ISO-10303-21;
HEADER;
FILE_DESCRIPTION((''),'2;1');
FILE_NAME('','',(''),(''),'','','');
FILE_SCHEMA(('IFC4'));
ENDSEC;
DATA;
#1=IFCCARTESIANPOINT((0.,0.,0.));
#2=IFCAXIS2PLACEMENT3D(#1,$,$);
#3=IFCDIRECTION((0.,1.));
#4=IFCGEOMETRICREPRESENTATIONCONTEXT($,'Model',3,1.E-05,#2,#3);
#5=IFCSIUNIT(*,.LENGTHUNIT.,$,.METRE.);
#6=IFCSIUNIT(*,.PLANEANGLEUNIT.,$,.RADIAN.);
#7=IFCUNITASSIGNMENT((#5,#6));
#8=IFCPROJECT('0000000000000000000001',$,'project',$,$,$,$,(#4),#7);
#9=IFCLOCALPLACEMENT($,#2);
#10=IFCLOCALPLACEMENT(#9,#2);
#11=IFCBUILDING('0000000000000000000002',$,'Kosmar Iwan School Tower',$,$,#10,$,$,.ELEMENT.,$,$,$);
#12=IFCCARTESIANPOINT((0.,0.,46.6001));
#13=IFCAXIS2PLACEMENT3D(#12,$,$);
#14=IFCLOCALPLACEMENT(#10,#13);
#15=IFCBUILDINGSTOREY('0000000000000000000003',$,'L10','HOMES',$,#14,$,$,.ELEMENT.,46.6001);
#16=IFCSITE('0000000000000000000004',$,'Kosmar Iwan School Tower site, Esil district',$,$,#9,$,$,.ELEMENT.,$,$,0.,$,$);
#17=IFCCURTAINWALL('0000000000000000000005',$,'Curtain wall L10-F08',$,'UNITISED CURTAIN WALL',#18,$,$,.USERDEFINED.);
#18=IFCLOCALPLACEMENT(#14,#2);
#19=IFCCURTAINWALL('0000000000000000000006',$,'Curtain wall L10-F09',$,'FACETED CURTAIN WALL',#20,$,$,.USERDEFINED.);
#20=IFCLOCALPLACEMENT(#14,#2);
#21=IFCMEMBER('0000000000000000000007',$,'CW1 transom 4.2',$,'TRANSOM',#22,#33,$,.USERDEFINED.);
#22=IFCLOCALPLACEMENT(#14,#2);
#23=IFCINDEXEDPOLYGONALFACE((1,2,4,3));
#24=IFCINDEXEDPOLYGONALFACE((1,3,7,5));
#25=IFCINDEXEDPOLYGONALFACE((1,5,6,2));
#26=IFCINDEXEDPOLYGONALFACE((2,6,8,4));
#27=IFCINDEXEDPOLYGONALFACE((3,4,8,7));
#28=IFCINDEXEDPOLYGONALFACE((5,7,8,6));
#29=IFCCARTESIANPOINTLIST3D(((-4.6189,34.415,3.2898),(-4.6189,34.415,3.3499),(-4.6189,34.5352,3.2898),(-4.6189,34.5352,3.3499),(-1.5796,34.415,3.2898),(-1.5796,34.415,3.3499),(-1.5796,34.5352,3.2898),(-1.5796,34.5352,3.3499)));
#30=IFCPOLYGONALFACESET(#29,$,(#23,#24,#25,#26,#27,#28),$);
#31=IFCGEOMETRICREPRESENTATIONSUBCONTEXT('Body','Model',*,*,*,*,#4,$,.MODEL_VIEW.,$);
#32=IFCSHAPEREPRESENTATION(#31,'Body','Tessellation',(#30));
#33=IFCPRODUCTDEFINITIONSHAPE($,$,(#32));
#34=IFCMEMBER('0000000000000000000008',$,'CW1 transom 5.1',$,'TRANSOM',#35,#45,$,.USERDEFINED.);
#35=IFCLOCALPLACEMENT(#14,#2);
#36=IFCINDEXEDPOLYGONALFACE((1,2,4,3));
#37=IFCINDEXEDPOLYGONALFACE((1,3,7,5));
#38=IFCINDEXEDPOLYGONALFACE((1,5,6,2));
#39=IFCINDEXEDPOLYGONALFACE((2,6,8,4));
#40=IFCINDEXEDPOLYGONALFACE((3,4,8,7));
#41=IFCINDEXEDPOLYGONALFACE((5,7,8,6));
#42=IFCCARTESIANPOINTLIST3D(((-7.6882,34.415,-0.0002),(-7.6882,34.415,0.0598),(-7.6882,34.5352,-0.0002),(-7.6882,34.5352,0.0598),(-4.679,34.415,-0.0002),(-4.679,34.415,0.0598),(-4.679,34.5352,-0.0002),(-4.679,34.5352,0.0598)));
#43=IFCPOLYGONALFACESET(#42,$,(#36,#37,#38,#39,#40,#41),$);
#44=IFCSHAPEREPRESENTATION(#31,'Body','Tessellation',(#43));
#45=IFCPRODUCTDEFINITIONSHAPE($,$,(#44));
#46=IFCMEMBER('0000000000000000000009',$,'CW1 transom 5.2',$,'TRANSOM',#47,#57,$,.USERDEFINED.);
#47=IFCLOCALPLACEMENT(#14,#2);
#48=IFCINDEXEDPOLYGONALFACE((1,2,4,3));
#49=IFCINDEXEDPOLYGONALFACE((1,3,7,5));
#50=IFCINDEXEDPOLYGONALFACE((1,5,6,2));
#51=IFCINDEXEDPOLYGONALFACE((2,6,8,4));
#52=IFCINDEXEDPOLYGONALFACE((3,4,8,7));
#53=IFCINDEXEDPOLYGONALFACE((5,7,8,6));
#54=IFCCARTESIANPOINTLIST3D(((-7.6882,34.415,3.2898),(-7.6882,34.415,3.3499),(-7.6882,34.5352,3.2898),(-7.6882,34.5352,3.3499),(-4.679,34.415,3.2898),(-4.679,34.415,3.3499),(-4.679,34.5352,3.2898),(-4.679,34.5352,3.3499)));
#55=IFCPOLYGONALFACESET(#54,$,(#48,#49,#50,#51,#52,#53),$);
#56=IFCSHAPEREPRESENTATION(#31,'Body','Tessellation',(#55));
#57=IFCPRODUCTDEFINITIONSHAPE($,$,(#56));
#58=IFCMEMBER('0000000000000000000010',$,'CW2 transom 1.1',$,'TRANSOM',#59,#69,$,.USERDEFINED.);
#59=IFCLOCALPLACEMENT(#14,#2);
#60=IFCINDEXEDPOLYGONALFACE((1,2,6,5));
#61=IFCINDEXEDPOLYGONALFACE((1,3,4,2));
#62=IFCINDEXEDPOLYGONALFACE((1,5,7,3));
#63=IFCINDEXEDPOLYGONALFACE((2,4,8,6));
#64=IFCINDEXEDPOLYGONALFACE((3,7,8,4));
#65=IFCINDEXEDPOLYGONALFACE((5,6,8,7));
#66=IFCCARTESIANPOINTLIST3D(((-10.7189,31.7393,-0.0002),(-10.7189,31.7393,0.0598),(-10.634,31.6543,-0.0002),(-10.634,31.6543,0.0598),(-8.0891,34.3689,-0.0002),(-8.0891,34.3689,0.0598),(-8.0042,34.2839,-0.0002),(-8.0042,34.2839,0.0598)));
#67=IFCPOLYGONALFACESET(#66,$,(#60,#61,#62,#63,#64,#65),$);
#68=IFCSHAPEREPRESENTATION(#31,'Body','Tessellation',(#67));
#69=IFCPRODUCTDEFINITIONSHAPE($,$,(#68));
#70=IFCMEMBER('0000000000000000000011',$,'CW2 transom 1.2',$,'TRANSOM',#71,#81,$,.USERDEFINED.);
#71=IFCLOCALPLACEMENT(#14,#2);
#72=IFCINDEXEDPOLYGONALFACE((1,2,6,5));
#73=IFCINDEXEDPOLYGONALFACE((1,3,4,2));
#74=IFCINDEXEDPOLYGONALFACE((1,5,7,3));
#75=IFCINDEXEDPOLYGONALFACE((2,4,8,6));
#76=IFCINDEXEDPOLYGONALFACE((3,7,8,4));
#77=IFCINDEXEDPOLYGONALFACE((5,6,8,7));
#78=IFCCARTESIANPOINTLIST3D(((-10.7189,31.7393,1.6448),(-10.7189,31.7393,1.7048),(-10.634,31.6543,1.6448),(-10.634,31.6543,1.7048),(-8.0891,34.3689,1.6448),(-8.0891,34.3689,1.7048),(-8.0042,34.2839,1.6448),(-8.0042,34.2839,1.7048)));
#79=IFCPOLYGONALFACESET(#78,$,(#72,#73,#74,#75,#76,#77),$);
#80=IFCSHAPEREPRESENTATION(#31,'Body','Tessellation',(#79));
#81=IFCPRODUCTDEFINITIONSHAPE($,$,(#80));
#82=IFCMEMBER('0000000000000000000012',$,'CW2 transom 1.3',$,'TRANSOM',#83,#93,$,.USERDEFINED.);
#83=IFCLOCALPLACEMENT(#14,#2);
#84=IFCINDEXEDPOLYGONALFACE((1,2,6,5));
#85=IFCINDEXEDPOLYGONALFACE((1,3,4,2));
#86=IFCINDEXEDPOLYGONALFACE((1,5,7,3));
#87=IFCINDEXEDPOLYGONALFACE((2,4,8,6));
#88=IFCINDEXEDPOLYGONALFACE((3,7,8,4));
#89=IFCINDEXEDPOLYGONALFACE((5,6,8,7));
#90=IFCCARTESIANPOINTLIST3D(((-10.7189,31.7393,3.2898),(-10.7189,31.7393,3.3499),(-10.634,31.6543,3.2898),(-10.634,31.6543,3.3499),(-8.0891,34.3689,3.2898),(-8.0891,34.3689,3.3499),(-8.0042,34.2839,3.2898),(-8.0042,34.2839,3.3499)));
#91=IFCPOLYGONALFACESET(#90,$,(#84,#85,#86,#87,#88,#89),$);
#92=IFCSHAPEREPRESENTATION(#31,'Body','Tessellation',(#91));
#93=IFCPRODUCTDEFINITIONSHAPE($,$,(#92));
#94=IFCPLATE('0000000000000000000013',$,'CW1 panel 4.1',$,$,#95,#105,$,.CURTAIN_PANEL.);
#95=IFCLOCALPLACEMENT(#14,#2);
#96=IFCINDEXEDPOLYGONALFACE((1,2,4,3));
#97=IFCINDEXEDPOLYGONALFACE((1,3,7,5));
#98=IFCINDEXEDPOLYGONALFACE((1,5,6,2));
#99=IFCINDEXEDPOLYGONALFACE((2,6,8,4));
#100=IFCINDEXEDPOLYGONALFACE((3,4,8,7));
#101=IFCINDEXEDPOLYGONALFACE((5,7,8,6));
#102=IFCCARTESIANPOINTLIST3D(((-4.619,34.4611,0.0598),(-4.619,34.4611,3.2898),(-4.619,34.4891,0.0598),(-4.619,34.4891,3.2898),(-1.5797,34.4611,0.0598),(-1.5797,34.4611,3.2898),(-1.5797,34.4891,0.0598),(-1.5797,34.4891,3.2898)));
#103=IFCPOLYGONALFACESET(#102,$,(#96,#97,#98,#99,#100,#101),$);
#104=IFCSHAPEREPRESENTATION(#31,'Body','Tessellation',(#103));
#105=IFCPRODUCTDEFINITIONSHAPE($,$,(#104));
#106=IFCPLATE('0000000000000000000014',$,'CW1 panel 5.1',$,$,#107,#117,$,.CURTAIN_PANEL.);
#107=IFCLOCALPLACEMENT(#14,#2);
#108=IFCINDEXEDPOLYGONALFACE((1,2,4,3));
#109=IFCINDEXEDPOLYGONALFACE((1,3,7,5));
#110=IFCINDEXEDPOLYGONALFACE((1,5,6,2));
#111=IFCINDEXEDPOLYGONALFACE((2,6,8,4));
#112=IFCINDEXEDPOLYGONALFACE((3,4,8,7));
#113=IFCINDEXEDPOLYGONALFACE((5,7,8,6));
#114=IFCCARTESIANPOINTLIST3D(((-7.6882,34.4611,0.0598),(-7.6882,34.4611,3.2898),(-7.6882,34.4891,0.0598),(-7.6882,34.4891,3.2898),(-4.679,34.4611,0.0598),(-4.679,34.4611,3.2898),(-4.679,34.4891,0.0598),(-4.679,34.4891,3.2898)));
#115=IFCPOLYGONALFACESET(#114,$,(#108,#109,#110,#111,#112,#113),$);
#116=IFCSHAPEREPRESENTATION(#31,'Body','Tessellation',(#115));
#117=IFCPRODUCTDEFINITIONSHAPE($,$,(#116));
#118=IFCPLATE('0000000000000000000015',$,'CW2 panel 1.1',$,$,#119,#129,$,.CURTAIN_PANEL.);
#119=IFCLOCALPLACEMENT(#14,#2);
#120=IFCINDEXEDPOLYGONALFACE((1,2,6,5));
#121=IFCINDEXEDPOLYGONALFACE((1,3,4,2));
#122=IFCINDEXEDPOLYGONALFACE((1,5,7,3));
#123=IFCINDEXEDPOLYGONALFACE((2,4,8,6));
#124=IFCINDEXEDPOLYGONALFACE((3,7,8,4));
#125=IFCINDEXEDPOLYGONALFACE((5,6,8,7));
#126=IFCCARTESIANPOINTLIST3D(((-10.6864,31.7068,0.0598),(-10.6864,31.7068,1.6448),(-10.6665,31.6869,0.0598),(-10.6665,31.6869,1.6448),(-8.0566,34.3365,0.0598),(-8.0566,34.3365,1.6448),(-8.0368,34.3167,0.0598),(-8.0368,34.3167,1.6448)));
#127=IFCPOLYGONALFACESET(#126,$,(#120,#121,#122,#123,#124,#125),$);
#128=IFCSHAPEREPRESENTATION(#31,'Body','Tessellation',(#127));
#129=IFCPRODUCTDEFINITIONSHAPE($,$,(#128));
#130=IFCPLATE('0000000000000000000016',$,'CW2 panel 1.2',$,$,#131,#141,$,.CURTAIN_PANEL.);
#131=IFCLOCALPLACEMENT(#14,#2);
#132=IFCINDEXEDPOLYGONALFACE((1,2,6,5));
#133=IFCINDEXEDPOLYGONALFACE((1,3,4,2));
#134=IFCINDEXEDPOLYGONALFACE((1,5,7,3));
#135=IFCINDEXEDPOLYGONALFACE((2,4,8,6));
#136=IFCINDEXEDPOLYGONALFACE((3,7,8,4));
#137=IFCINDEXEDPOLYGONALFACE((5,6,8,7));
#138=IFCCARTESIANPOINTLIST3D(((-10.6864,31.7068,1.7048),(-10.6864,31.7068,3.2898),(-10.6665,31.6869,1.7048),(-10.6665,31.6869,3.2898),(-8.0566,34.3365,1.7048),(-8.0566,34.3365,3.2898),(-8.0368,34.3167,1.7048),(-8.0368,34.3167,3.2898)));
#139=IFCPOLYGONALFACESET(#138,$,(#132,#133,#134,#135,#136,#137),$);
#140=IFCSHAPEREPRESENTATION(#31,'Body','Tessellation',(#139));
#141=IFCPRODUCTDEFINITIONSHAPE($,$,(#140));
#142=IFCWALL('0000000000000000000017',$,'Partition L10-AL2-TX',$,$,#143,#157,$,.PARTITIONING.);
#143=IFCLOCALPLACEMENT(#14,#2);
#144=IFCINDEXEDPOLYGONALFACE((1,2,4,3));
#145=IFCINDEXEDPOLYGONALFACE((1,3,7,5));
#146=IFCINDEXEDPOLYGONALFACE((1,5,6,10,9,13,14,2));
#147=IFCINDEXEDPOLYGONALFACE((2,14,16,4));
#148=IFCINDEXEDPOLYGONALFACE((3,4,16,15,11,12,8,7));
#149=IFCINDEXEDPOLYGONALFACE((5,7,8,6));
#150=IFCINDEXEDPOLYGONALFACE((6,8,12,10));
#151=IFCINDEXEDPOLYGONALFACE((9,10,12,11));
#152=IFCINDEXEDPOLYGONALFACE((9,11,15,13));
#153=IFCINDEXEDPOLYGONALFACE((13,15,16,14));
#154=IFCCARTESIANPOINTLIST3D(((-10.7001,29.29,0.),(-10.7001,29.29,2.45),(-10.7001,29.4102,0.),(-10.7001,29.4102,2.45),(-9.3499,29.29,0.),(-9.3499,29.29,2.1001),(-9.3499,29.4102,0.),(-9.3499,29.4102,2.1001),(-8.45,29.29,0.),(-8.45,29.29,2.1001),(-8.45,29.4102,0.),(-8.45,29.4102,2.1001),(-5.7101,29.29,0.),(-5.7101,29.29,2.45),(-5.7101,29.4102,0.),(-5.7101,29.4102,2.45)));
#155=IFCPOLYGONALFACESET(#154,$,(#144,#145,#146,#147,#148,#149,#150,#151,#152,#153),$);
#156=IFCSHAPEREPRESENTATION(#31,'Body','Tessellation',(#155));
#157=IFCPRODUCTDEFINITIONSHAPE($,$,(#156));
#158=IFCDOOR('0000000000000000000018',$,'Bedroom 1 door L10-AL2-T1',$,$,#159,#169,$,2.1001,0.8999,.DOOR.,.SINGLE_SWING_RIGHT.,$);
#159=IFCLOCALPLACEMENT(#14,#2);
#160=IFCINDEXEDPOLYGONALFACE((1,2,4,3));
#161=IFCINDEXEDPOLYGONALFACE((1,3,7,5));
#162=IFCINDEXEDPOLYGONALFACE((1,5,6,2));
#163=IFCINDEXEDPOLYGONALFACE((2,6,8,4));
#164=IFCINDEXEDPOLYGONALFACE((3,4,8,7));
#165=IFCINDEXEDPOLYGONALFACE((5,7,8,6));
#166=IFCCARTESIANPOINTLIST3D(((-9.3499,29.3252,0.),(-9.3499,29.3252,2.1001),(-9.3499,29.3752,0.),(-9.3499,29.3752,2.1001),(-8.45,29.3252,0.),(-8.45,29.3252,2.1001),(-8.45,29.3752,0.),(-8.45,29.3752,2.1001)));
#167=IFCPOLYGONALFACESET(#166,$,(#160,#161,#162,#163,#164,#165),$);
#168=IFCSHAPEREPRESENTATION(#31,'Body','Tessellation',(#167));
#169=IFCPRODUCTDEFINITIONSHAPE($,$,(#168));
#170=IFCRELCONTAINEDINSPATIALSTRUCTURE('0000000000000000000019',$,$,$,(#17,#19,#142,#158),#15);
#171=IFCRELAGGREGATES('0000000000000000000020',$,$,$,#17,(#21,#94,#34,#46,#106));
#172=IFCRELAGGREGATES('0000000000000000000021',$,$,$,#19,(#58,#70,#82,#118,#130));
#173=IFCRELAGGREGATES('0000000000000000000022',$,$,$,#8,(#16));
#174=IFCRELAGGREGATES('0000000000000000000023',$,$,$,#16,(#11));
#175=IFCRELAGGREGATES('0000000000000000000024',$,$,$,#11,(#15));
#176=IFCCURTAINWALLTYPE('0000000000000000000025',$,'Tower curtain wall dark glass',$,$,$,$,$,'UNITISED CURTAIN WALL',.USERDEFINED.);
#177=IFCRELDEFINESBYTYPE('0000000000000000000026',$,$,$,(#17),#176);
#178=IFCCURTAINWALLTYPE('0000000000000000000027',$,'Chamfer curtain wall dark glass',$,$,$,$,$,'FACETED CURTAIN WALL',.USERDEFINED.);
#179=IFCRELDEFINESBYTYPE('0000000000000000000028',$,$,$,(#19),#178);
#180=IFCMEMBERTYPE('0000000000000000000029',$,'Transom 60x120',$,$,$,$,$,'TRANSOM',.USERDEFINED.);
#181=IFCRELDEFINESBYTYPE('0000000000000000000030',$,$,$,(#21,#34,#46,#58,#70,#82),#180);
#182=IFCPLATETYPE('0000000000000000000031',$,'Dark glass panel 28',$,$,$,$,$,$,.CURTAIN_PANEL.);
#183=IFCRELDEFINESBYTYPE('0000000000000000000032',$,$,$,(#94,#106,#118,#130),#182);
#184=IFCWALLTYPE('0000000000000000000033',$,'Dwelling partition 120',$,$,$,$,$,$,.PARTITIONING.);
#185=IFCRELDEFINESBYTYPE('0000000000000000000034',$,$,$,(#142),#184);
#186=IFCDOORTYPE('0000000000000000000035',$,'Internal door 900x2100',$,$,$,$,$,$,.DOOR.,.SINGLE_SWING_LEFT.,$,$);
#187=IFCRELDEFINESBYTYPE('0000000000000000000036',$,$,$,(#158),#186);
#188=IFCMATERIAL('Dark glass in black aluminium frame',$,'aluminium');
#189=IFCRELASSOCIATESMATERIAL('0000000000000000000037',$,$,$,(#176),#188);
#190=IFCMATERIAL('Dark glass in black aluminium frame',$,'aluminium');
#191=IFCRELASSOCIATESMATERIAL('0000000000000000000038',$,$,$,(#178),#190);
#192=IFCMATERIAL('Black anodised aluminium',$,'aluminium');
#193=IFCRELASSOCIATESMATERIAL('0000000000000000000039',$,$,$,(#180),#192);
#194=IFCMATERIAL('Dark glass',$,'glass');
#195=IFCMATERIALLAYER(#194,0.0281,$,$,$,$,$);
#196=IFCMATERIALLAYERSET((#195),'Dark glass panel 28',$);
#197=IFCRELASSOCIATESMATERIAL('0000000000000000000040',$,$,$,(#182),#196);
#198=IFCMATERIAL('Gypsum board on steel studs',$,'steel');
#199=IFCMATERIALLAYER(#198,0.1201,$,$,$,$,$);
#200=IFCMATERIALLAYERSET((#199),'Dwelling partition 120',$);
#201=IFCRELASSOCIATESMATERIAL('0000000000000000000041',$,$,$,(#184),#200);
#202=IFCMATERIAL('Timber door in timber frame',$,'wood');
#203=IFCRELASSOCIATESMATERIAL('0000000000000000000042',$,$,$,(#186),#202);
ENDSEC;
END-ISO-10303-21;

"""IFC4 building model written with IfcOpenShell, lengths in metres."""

from ifc_helpers import new_model, si_unit, direction, frame, frame_2d, origin, origin_2d, place, context, subcontext, project, spatial, rectangle, extrude, material, layer, layer_set, material_profile, profile_set, type_object, element, fill, aggregate, save


model = new_model("IFC4")

# Units and contexts
model_context = context("Model", 3, precision=1e-05, world=origin(), true_north=direction((0.0, 1.0)))
body_context = subcontext(model_context, "Body", "Model", "MODEL_VIEW")
ifc_project = project(units=[si_unit("LENGTHUNIT", "METRE"), si_unit("PLANEANGLEUNIT", "RADIAN")], contexts=[model_context])

# Site, building, storey
site_placement = place(None, origin())
site = spatial("IfcSite", under=ifc_project, at=site_placement, Name="Kosmar Iwan School Tower site, Esil district", CompositionType="ELEMENT", RefElevation=0.0)
building_placement = place(site_placement, origin())
building = spatial("IfcBuilding", under=site, at=building_placement, Name="Kosmar Iwan School Tower", CompositionType="ELEMENT")
storey_placement = place(building_placement, frame((0.0, 0.0, 46.6001)))
storey = spatial("IfcBuildingStorey", under=building, at=storey_placement, Name="L10", Description="HOMES", CompositionType="ELEMENT", Elevation=46.6001)

# Curtain walls
ifc_material_1 = material(Name="Dark glass in black aluminium frame", Category="aluminium")
curtain_wall_type_1 = type_object("IfcCurtainWallType", Name="Tower curtain wall dark glass", ElementType="UNITISED CURTAIN WALL", PredefinedType="USERDEFINED", material=ifc_material_1)
curtain_wall_1_placement = place(storey_placement, origin())
curtain_wall_1 = element("IfcCurtainWall", 1, at=curtain_wall_1_placement, inside=storey, type_object=curtain_wall_type_1, Name="Curtain wall L10-F08", ObjectType="UNITISED CURTAIN WALL", PredefinedType="USERDEFINED")
ifc_material_2 = material(Name="Dark glass in black aluminium frame", Category="aluminium")
curtain_wall_type_2 = type_object("IfcCurtainWallType", Name="Chamfer curtain wall dark glass", ElementType="FACETED CURTAIN WALL", PredefinedType="USERDEFINED", material=ifc_material_2)
curtain_wall_2_placement = place(storey_placement, origin())
curtain_wall_2 = element("IfcCurtainWall", 2, at=curtain_wall_2_placement, inside=storey, type_object=curtain_wall_type_2, Name="Curtain wall L10-F09", ObjectType="FACETED CURTAIN WALL", PredefinedType="USERDEFINED")

# Members
ifc_material_3 = material(Name="Black anodised aluminium", Category="aluminium")
ifc_material_profile_1 = material_profile(ifc_material_3, rectangle(XDim=0.1201, YDim=0.0601, at=origin_2d()), Name="TRANSOM 60x120")
ifc_profile_set_1 = profile_set([ifc_material_profile_1], Name="Black anodised aluminium")
member_type_1 = type_object("IfcMemberType", Name="Transom 60x120", ElementType="TRANSOM", PredefinedType="USERDEFINED", material=ifc_profile_set_1)
member_1_placement = place(storey_placement, frame((-1.5796, 34.4751, 3.3198), z_axis=(-1.0, 0.0, 0.0), x_axis=(0.0, -1.0, 0.0)))
member_1 = element("IfcMember", 3, at=member_1_placement, type_object=member_type_1, Name="CW1 transom 4.2", ObjectType="TRANSOM", PredefinedType="USERDEFINED", context=body_context, shape_type="SweptSolid", body=[
    extrude(rectangle(XDim=0.1201, YDim=0.0601, at=origin_2d()), origin(), (0.0, 0.0, 1.0), 3.0393),
])
member_2_placement = place(storey_placement, frame((-4.679, 34.4751, 0.0298), z_axis=(-1.0, 0.0, 0.0), x_axis=(0.0, -1.0, 0.0)))
member_2 = element("IfcMember", 4, at=member_2_placement, type_object=member_type_1, Name="CW1 transom 5.1", ObjectType="TRANSOM", PredefinedType="USERDEFINED", context=body_context, shape_type="SweptSolid", body=[
    extrude(rectangle(XDim=0.1201, YDim=0.0601, at=origin_2d()), origin(), (0.0, 0.0, 1.0), 3.0093),
])
member_3_placement = place(storey_placement, frame((-4.679, 34.4751, 3.3198), z_axis=(-1.0, 0.0, 0.0), x_axis=(0.0, -1.0, 0.0)))
member_3 = element("IfcMember", 5, at=member_3_placement, type_object=member_type_1, Name="CW1 transom 5.2", ObjectType="TRANSOM", PredefinedType="USERDEFINED", context=body_context, shape_type="SweptSolid", body=[
    extrude(rectangle(XDim=0.1201, YDim=0.0601, at=origin_2d()), origin(), (0.0, 0.0, 1.0), 3.0093),
])
member_4_placement = place(storey_placement, frame((-8.0466, 34.3264, 0.0298), z_axis=(-0.70714, -0.707074, 0.0), x_axis=(0.707074, -0.70714, 0.0)))
member_4 = element("IfcMember", 6, at=member_4_placement, type_object=member_type_1, Name="CW2 transom 1.1", ObjectType="TRANSOM", PredefinedType="USERDEFINED", context=body_context, shape_type="SweptSolid", body=[
    extrude(rectangle(XDim=0.1201, YDim=0.0601, at=origin_2d()), origin(), (0.0, 0.0, 1.0), 3.719),
])
member_5_placement = place(storey_placement, frame((-8.0466, 34.3264, 1.6748), z_axis=(-0.70714, -0.707074, 0.0), x_axis=(0.707074, -0.70714, 0.0)))
member_5 = element("IfcMember", 7, at=member_5_placement, type_object=member_type_1, Name="CW2 transom 1.2", ObjectType="TRANSOM", PredefinedType="USERDEFINED", context=body_context, shape_type="SweptSolid", body=[
    extrude(rectangle(XDim=0.1201, YDim=0.0601, at=origin_2d()), origin(), (0.0, 0.0, 1.0), 3.719),
])
member_6_placement = place(storey_placement, frame((-8.0466, 34.3264, 3.3198), z_axis=(-0.70714, -0.707074, 0.0), x_axis=(0.707074, -0.70714, 0.0)))
member_6 = element("IfcMember", 8, at=member_6_placement, type_object=member_type_1, Name="CW2 transom 1.3", ObjectType="TRANSOM", PredefinedType="USERDEFINED", context=body_context, shape_type="SweptSolid", body=[
    extrude(rectangle(XDim=0.1201, YDim=0.0601, at=origin_2d()), origin(), (0.0, 0.0, 1.0), 3.719),
])

# Plates
ifc_material_4 = material(Name="Dark glass", Category="glass")
ifc_layer_1 = layer(ifc_material_4, 0.0281)
ifc_layer_set_1 = layer_set([ifc_layer_1], Name="Dark glass panel 28")
plate_type = type_object("IfcPlateType", Name="Dark glass panel 28", PredefinedType="CURTAIN_PANEL", material=ifc_layer_set_1)
plate_1_placement = place(storey_placement, frame((-3.0994, 34.4751, 0.0598), z_axis=(0.0, 0.0, 1.0), x_axis=(-1.0, 0.0, 0.0)))
plate_1 = element("IfcPlate", 9, at=plate_1_placement, type_object=plate_type, Name="CW1 panel 4.1", PredefinedType="CURTAIN_PANEL", context=body_context, shape_type="SweptSolid", body=[
    extrude(rectangle(XDim=3.0393, YDim=0.0281, at=origin_2d()), origin(), (0.0, 0.0, 1.0), 3.23),
])
plate_2_placement = place(storey_placement, frame((-6.1836, 34.4751, 0.0598), z_axis=(0.0, 0.0, 1.0), x_axis=(-1.0, 0.0, 0.0)))
plate_2 = element("IfcPlate", 10, at=plate_2_placement, type_object=plate_type, Name="CW1 panel 5.1", PredefinedType="CURTAIN_PANEL", context=body_context, shape_type="SweptSolid", body=[
    extrude(rectangle(XDim=3.0093, YDim=0.0281, at=origin_2d()), origin(), (0.0, 0.0, 1.0), 3.23),
])
aggregate(curtain_wall_1, [member_1, plate_1, member_2, member_3, plate_2])
plate_3_placement = place(storey_placement, frame((-9.3616, 33.0117, 0.0598), z_axis=(0.0, 0.0, 1.0), x_axis=(-0.707107, -0.707107, 0.0)))
plate_3 = element("IfcPlate", 11, at=plate_3_placement, type_object=plate_type, Name="CW2 panel 1.1", PredefinedType="CURTAIN_PANEL", context=body_context, shape_type="SweptSolid", body=[
    extrude(rectangle(XDim=3.719, YDim=0.0281, at=origin_2d()), origin(), (0.0, 0.0, 1.0), 1.585),
])
plate_4_placement = place(storey_placement, frame((-9.3616, 33.0117, 1.7048), z_axis=(0.0, 0.0, 1.0), x_axis=(-0.707107, -0.707107, 0.0)))
plate_4 = element("IfcPlate", 12, at=plate_4_placement, type_object=plate_type, Name="CW2 panel 1.2", PredefinedType="CURTAIN_PANEL", context=body_context, shape_type="SweptSolid", body=[
    extrude(rectangle(XDim=3.719, YDim=0.0281, at=origin_2d()), origin(), (0.0, 0.0, 1.0), 1.585),
])
aggregate(curtain_wall_2, [member_4, member_5, member_6, plate_3, plate_4])

# Wall, opening, door
ifc_material_5 = material(Name="Gypsum board on steel studs", Category="steel")
ifc_layer_2 = layer(ifc_material_5, 0.1201)
ifc_layer_set_2 = layer_set([ifc_layer_2], Name="Dwelling partition 120")
wall_type_1 = type_object("IfcWallType", Name="Dwelling partition 120", PredefinedType="PARTITIONING", material=ifc_layer_set_2)
wall_1_placement = place(storey_placement, frame((-5.71, 29.3501, 0.0), z_axis=(0.0, 0.0, 1.0), x_axis=(-1.0, 0.0, 0.0)))
wall_1 = element("IfcWall", 13, at=wall_1_placement, inside=storey, type_object=wall_type_1, Name="Partition L10-AL2-TX", PredefinedType="PARTITIONING", context=body_context, shape_type="SweptSolid", body=[
    extrude(rectangle(XDim=4.99, YDim=0.1201, at=frame_2d((2.4951, 0.0))), origin(), (0.0, 0.0, 1.0), 2.45),
])
opening_1_placement = place(wall_1_placement, frame((2.74, 0.0, 0.0)))
opening_1 = element("IfcOpeningElement", 14, at=opening_1_placement, cuts=wall_1, PredefinedType="OPENING", context=body_context, shape_type="SweptSolid", body=[
    extrude(rectangle(XDim=0.8999, YDim=2.1001, at=frame_2d((0.45, 1.05))), frame((0.0, 0.072, 0.0), z_axis=(0.0, -1.0, 0.0), x_axis=(1.0, 0.0, 0.0)), (0.0, 0.0, 1.0), 0.144),
])
ifc_material_6 = material(Name="Timber door in timber frame", Category="wood")
door_type_1 = type_object("IfcDoorType", Name="Internal door 900x2100", OperationType="SINGLE_SWING_LEFT", PredefinedType="DOOR", material=ifc_material_6)
door_1_placement = place(opening_1_placement, origin())
door_1 = element("IfcDoor", 15, at=door_1_placement, inside=storey, type_object=door_type_1, Name="Bedroom 1 door L10-AL2-T1", OperationType="SINGLE_SWING_RIGHT", OverallHeight=2.1001, OverallWidth=0.8999, PredefinedType="DOOR", context=body_context, shape_type="SweptSolid", body=[
    extrude(rectangle(XDim=0.8999, YDim=2.1001, at=frame_2d((0.45, 1.05))), frame((0.0, 0.0249, 0.0), z_axis=(0.0, -1.0, 0.0), x_axis=(1.0, 0.0, 0.0)), (0.0, 0.0, 1.0), 0.05),
])
fill(opening_1, door_1)

save(model, "model.ifc")
